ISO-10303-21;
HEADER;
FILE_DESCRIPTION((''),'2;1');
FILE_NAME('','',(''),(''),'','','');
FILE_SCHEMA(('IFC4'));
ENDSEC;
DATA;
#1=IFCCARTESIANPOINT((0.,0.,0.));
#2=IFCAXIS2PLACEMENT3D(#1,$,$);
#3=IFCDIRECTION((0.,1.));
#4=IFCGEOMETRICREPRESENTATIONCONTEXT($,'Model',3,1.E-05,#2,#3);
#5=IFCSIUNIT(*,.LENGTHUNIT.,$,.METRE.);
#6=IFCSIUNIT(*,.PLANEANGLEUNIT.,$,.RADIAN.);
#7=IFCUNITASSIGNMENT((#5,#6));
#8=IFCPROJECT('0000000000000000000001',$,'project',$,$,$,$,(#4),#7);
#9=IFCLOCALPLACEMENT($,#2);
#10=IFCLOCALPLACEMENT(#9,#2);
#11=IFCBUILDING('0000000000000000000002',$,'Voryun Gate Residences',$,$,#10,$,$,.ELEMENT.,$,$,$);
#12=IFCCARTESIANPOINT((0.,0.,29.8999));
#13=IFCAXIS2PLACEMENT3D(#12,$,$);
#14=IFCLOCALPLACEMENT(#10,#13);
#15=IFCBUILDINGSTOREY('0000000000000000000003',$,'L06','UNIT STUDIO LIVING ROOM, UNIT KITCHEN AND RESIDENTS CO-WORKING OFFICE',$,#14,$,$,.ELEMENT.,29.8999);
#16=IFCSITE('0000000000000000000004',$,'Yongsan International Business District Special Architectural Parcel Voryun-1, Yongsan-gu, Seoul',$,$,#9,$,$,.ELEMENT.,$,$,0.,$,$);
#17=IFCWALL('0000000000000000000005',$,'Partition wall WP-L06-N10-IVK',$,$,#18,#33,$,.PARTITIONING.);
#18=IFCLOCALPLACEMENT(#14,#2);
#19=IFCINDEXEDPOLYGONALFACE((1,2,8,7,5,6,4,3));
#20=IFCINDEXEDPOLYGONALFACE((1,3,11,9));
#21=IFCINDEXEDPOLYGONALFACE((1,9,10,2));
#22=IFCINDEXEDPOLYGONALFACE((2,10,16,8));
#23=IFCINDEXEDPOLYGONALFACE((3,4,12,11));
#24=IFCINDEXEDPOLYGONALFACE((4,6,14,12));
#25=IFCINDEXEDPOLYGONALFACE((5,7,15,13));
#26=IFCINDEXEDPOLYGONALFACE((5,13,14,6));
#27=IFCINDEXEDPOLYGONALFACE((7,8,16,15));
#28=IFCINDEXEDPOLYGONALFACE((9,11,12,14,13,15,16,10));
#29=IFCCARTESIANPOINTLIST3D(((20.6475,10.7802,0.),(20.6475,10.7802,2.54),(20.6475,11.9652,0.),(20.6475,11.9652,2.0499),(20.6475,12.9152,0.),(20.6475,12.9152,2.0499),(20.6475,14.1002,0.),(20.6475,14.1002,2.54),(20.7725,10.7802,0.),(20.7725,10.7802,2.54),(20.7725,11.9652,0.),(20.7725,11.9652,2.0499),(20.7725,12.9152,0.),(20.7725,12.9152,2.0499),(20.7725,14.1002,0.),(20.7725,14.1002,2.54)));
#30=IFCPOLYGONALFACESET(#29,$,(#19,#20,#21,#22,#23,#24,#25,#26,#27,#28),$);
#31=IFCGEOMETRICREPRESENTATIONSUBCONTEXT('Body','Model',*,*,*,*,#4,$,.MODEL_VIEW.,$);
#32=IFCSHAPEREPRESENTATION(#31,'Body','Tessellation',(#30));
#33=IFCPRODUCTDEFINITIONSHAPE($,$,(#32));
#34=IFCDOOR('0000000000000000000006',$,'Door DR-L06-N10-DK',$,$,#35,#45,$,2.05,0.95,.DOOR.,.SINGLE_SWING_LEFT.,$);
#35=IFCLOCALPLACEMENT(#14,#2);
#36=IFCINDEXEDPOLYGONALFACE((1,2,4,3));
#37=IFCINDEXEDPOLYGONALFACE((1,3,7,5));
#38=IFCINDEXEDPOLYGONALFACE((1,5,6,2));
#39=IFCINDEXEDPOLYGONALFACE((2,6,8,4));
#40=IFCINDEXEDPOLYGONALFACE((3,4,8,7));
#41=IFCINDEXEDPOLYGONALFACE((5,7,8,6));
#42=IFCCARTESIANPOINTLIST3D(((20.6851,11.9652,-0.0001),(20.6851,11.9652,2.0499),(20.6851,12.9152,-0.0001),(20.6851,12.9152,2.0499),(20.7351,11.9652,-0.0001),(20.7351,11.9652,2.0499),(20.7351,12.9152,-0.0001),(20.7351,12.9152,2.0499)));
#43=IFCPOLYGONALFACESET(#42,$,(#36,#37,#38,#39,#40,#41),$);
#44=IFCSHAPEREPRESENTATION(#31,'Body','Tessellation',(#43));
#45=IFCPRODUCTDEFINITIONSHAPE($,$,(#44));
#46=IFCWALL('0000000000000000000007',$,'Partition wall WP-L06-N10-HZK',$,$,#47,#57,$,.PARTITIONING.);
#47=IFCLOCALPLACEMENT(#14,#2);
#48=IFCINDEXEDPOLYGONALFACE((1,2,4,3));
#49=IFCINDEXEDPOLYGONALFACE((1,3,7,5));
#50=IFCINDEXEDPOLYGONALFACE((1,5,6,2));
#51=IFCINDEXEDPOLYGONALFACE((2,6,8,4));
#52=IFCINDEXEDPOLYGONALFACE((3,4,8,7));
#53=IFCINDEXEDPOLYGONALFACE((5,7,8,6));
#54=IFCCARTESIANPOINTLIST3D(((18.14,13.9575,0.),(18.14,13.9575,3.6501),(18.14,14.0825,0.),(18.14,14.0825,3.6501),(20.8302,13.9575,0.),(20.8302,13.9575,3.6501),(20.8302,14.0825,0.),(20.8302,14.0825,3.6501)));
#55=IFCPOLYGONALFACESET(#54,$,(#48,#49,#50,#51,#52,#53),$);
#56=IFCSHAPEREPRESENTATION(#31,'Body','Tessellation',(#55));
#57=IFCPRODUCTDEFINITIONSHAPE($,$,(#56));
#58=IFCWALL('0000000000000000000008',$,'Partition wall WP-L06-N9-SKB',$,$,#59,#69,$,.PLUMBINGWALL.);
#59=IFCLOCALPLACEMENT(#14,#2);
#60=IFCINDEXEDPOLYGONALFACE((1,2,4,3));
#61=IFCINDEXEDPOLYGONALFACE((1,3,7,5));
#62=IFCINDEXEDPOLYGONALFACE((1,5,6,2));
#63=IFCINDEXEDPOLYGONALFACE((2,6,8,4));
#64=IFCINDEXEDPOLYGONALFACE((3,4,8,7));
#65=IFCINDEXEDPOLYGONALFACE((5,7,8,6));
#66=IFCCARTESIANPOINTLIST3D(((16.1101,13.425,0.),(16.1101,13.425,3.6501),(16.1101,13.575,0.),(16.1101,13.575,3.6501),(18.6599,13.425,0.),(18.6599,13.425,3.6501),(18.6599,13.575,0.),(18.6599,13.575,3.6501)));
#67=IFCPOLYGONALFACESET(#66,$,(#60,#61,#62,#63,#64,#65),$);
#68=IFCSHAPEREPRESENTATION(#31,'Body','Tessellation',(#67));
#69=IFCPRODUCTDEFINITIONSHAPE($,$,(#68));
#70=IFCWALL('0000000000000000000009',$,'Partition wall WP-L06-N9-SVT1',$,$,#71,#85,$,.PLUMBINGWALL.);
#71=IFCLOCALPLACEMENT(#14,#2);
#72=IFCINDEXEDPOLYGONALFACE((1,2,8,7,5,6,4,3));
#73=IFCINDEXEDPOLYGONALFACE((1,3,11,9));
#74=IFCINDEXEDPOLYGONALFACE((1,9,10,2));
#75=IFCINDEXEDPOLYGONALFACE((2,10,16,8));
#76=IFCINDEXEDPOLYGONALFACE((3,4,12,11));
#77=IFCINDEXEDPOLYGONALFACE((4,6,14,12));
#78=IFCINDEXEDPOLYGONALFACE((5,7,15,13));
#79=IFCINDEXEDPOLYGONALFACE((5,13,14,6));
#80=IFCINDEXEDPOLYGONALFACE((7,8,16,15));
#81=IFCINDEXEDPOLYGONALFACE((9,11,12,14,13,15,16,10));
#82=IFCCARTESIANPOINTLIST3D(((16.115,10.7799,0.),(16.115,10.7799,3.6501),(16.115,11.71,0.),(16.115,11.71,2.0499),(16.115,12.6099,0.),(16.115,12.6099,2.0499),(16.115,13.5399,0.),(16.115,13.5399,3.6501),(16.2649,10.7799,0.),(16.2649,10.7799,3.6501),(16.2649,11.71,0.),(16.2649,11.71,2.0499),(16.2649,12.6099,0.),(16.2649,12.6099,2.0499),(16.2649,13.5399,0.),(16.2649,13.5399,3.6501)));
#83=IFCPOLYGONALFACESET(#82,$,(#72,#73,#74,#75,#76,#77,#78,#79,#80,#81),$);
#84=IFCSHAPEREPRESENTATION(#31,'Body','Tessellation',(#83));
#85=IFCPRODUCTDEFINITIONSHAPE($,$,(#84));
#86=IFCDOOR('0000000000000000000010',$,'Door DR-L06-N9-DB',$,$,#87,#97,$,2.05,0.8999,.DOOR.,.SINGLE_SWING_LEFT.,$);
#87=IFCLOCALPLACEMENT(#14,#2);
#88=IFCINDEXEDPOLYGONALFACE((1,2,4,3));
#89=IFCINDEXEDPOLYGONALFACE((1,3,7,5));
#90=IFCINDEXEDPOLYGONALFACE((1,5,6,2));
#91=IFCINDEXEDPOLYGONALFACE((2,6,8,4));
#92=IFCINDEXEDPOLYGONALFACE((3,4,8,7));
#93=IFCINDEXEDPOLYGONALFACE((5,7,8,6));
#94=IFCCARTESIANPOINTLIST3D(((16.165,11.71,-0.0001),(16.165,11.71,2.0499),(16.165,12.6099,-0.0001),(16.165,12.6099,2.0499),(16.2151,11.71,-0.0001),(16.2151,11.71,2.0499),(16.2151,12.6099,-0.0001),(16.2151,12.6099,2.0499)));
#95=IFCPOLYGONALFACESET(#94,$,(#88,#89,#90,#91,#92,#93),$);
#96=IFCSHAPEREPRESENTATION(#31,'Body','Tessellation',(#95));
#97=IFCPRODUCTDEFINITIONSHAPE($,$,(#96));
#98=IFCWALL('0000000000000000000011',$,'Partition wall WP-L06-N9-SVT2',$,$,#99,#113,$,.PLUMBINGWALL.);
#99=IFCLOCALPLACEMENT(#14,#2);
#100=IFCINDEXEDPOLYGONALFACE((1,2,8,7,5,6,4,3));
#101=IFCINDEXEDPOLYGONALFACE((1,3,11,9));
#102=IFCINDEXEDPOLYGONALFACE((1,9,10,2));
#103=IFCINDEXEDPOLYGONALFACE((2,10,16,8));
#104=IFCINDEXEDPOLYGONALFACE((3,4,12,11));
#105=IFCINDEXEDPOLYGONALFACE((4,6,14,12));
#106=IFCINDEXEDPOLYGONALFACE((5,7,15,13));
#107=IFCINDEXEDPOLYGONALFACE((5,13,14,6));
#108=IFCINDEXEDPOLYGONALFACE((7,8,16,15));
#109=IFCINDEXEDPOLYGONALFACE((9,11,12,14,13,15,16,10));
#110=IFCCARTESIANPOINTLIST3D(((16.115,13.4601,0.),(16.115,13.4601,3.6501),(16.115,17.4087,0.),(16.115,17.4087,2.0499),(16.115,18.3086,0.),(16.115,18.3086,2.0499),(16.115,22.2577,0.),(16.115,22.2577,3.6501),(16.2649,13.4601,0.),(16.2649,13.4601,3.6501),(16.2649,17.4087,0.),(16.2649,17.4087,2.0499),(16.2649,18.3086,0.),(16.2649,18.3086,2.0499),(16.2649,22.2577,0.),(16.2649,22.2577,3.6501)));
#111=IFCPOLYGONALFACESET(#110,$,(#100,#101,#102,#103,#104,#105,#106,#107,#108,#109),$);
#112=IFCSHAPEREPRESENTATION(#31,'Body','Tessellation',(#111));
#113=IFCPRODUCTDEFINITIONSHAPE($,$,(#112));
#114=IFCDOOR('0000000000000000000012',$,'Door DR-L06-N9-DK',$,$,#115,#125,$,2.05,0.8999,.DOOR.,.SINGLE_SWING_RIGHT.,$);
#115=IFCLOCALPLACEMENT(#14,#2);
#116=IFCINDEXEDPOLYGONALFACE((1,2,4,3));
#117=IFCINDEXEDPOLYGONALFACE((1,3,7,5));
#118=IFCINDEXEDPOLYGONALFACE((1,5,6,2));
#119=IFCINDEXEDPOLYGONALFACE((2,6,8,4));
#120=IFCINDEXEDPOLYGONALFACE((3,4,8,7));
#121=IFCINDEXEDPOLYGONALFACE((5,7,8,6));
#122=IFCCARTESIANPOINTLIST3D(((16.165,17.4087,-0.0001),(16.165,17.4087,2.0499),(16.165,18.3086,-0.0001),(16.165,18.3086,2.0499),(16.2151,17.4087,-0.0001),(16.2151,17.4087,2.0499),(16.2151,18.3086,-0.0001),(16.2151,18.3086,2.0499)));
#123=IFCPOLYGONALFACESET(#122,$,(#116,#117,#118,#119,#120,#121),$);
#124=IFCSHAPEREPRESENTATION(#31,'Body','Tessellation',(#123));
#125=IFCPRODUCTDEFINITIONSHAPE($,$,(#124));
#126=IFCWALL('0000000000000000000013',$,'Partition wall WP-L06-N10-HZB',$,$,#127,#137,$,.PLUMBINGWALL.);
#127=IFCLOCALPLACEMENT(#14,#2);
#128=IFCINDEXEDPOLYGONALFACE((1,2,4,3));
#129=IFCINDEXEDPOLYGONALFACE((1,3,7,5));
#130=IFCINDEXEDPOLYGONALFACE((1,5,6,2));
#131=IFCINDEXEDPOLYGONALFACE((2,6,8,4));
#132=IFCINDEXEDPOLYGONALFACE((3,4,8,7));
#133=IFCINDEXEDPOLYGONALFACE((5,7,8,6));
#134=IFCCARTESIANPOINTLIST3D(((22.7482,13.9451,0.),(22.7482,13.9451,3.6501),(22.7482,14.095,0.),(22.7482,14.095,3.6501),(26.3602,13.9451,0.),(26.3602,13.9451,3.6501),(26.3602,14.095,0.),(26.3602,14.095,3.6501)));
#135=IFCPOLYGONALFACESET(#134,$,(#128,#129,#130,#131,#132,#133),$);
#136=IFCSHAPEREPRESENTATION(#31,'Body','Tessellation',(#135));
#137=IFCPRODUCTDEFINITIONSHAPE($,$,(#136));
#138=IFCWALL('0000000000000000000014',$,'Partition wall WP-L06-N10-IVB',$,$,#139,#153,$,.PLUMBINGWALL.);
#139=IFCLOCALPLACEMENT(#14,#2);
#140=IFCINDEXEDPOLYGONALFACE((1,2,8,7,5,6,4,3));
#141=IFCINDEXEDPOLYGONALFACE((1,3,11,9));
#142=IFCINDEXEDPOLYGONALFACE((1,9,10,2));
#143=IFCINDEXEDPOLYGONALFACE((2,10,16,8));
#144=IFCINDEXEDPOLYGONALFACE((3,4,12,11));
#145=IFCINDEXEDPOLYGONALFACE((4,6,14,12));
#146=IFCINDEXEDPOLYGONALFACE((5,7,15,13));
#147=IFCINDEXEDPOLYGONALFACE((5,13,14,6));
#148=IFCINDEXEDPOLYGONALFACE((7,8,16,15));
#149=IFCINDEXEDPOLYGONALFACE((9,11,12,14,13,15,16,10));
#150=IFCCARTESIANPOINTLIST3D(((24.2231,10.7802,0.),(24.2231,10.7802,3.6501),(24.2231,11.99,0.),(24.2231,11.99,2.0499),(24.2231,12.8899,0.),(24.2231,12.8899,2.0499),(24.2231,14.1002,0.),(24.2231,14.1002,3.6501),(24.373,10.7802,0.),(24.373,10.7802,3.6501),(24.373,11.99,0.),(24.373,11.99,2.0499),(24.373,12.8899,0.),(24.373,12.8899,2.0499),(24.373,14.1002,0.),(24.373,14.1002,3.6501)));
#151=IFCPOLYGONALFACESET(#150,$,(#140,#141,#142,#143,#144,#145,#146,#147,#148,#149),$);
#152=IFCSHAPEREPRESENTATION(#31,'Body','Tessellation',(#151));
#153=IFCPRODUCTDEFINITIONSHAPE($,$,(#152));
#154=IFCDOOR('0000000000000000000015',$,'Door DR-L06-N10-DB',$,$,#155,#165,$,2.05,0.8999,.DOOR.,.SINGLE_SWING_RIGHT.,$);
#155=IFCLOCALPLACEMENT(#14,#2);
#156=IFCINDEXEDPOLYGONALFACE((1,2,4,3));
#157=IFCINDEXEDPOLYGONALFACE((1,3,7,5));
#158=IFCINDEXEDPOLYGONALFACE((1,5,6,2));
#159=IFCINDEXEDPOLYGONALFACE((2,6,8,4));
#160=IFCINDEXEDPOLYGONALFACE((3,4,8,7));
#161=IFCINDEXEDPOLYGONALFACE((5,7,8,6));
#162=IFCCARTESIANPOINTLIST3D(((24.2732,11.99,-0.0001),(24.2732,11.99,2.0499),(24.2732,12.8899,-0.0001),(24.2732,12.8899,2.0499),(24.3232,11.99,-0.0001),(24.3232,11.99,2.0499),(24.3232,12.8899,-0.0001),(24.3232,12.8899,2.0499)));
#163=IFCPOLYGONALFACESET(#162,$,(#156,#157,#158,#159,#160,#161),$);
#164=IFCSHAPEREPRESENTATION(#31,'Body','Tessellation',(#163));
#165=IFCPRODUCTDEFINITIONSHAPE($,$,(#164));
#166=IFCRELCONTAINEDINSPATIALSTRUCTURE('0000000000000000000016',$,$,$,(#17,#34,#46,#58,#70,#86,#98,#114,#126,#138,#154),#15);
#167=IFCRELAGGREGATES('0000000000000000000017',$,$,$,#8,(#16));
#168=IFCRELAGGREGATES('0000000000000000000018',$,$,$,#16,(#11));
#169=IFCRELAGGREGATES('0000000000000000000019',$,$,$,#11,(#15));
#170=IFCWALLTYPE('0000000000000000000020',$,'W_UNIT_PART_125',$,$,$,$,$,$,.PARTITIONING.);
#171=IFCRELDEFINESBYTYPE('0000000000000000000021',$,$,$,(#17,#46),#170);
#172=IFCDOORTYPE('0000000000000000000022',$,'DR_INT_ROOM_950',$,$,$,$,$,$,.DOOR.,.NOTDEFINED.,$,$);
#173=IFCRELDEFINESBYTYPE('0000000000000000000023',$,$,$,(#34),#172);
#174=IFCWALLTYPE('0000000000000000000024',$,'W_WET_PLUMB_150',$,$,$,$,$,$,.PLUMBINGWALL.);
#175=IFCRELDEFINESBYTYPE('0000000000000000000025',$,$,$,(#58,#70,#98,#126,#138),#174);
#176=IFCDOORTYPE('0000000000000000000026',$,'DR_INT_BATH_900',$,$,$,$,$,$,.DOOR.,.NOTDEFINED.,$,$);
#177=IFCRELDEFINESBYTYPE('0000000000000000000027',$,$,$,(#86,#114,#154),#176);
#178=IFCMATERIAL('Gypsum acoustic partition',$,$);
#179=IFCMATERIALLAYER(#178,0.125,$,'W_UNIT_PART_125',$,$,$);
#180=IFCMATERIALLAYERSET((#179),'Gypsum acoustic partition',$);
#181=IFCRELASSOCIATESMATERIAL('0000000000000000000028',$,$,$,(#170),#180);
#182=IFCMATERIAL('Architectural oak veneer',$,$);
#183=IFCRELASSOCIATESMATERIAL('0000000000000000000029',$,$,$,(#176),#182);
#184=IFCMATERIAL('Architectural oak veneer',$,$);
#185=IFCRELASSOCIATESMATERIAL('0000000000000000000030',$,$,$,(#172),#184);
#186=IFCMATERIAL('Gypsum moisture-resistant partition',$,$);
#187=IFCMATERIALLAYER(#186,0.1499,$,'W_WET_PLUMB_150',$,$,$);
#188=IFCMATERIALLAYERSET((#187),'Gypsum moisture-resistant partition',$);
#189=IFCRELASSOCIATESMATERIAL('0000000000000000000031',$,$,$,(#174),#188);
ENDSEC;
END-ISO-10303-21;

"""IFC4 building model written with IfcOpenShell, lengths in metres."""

from ifc_helpers import new_model, si_unit, direction, frame, frame_2d, origin, place, context, subcontext, project, spatial, rectangle, extrude, material, layer, layer_set, type_object, element, fill, save


model = new_model("IFC4")

# Units and contexts
model_context = context("Model", 3, precision=1e-05, world=origin(), true_north=direction((0.0, 1.0)))
body_context = subcontext(model_context, "Body", "Model", "MODEL_VIEW")
ifc_project = project(units=[si_unit("LENGTHUNIT", "METRE"), si_unit("PLANEANGLEUNIT", "RADIAN")], contexts=[model_context])

# Site, building, storey
site_placement = place(None, origin())
site = spatial("IfcSite", under=ifc_project, at=site_placement, Name="Yongsan International Business District Special Architectural Parcel Voryun-1, Yongsan-gu, Seoul", CompositionType="ELEMENT", RefElevation=0.0)
building_placement = place(site_placement, origin())
building = spatial("IfcBuilding", under=site, at=building_placement, Name="Voryun Gate Residences", CompositionType="ELEMENT")
storey_placement = place(building_placement, frame((0.0, 0.0, 29.8999)))
storey = spatial("IfcBuildingStorey", under=building, at=storey_placement, Name="L06", Description="UNIT STUDIO LIVING ROOM, UNIT KITCHEN AND RESIDENTS CO-WORKING OFFICE", CompositionType="ELEMENT", Elevation=29.8999)

# Wall, opening, door
ifc_material_1 = material(Name="Gypsum acoustic partition")
ifc_layer_1 = layer(ifc_material_1, 0.125, Name="W_UNIT_PART_125")
ifc_layer_set_1 = layer_set([ifc_layer_1], Name="Gypsum acoustic partition")
wall_type_1 = type_object("IfcWallType", Name="W_UNIT_PART_125", PredefinedType="PARTITIONING", material=ifc_layer_set_1)
ifc_material_2 = material(Name="Architectural oak veneer")
door_type_1 = type_object("IfcDoorType", Name="DR_INT_BATH_900", OperationType="NOTDEFINED", PredefinedType="DOOR", material=ifc_material_2)
wall_1_placement = place(storey_placement, frame((20.71, 10.78, 0.0), z_axis=(0.0, 0.0, 1.0), x_axis=(0.0, 1.0, 0.0)))
wall_1 = element("IfcWall", 1, at=wall_1_placement, inside=storey, type_object=wall_type_1, Name="Partition wall WP-L06-N10-IVK", PredefinedType="PARTITIONING", context=body_context, shape_type="SweptSolid", body=[
    extrude(rectangle(XDim=3.3201, YDim=0.125, at=frame_2d((1.6602, 0.0))), origin(), (0.0, 0.0, 1.0), 2.54),
])
opening_1_placement = place(wall_1_placement, frame((1.1851, 0.0, 0.0)))
opening_1 = element("IfcOpeningElement", 2, at=opening_1_placement, cuts=wall_1, PredefinedType="OPENING", context=body_context, shape_type="SweptSolid", body=[
    extrude(rectangle(XDim=0.95, YDim=2.05, at=frame_2d((0.4751, 1.0249))), frame((0.0, 0.0725, 0.0), z_axis=(0.0, -1.0, 0.0), x_axis=(1.0, 0.0, 0.0)), (0.0, 0.0, 1.0), 0.145),
])
ifc_material_3 = material(Name="Architectural oak veneer")
door_type_2 = type_object("IfcDoorType", Name="DR_INT_ROOM_950", OperationType="NOTDEFINED", PredefinedType="DOOR", material=ifc_material_3)
door_1_placement = place(opening_1_placement, origin())
door_1 = element("IfcDoor", 3, at=door_1_placement, inside=storey, type_object=door_type_2, Name="Door DR-L06-N10-DK", OperationType="SINGLE_SWING_LEFT", OverallHeight=2.05, OverallWidth=0.95, PredefinedType="DOOR", context=body_context, shape_type="SweptSolid", body=[
    extrude(rectangle(XDim=0.95, YDim=2.05, at=frame_2d((0.4751, 1.0249))), frame((0.0, 0.0249, 0.0), z_axis=(0.0, -1.0, 0.0), x_axis=(1.0, 0.0, 0.0)), (0.0, 0.0, 1.0), 0.05),
])
fill(opening_1, door_1)

# Walls
wall_2_placement = place(storey_placement, frame((18.1399, 14.02, 0.0), z_axis=(0.0, 0.0, 1.0), x_axis=(1.0, 0.0, 0.0)))
element("IfcWall", 4, at=wall_2_placement, inside=storey, type_object=wall_type_1, Name="Partition wall WP-L06-N10-HZK", PredefinedType="PARTITIONING", context=body_context, shape_type="SweptSolid", body=[
    extrude(rectangle(XDim=2.6902, YDim=0.125, at=frame_2d((1.3452, 0.0))), origin(), (0.0, 0.0, 1.0), 3.6501),
])
ifc_material_4 = material(Name="Gypsum moisture-resistant partition")
ifc_layer_2 = layer(ifc_material_4, 0.1499, Name="W_WET_PLUMB_150")
ifc_layer_set_2 = layer_set([ifc_layer_2], Name="Gypsum moisture-resistant partition")
wall_type_2 = type_object("IfcWallType", Name="W_WET_PLUMB_150", PredefinedType="PLUMBINGWALL", material=ifc_layer_set_2)
wall_3_placement = place(storey_placement, frame((16.1101, 13.5, 0.0), z_axis=(0.0, 0.0, 1.0), x_axis=(1.0, 0.0, 0.0)))
element("IfcWall", 5, at=wall_3_placement, inside=storey, type_object=wall_type_2, Name="Partition wall WP-L06-N9-SKB", PredefinedType="PLUMBINGWALL", context=body_context, shape_type="SweptSolid", body=[
    extrude(rectangle(XDim=2.5498, YDim=0.1499, at=frame_2d((1.2749, 0.0))), origin(), (0.0, 0.0, 1.0), 3.6501),
])

# Walls, openings, doors
wall_4_placement = place(storey_placement, frame((16.1899, 10.78, 0.0), z_axis=(0.0, 0.0, 1.0), x_axis=(0.0, 1.0, 0.0)))
wall_4 = element("IfcWall", 6, at=wall_4_placement, inside=storey, type_object=wall_type_2, Name="Partition wall WP-L06-N9-SVT1", PredefinedType="PLUMBINGWALL", context=body_context, shape_type="SweptSolid", body=[
    extrude(rectangle(XDim=2.76, YDim=0.1499, at=frame_2d((1.3799, 0.0))), origin(), (0.0, 0.0, 1.0), 3.6501),
])
opening_2_placement = place(wall_4_placement, frame((0.9299, 0.0, 0.0)))
opening_2 = element("IfcOpeningElement", 7, at=opening_2_placement, cuts=wall_4, PredefinedType="OPENING", context=body_context, shape_type="SweptSolid", body=[
    extrude(rectangle(XDim=0.8999, YDim=2.05, at=frame_2d((0.45, 1.0249))), frame((0.0, 0.085, 0.0), z_axis=(0.0, -1.0, 0.0), x_axis=(1.0, 0.0, 0.0)), (0.0, 0.0, 1.0), 0.1699),
])
door_2_placement = place(opening_2_placement, origin())
door_2 = element("IfcDoor", 8, at=door_2_placement, inside=storey, type_object=door_type_1, Name="Door DR-L06-N9-DB", OperationType="SINGLE_SWING_LEFT", OverallHeight=2.05, OverallWidth=0.8999, PredefinedType="DOOR", context=body_context, shape_type="SweptSolid", body=[
    extrude(rectangle(XDim=0.8999, YDim=2.05, at=frame_2d((0.45, 1.0249))), frame((0.0, 0.0249, 0.0), z_axis=(0.0, -1.0, 0.0), x_axis=(1.0, 0.0, 0.0)), (0.0, 0.0, 1.0), 0.05),
])
fill(opening_2, door_2)
wall_5_placement = place(storey_placement, frame((16.1899, 13.46, 0.0), z_axis=(0.0, 0.0, 1.0), x_axis=(0.0, 1.0, 0.0)))
wall_5 = element("IfcWall", 9, at=wall_5_placement, inside=storey, type_object=wall_type_2, Name="Partition wall WP-L06-N9-SVT2", PredefinedType="PLUMBINGWALL", context=body_context, shape_type="SweptSolid", body=[
    extrude(rectangle(XDim=8.7976, YDim=0.1499, at=frame_2d((4.3989, 0.0))), origin(), (0.0, 0.0, 1.0), 3.6501),
])
opening_3_placement = place(wall_5_placement, frame((3.9487, 0.0, 0.0)))
opening_3 = element("IfcOpeningElement", 10, at=opening_3_placement, cuts=wall_5, PredefinedType="OPENING", context=body_context, shape_type="SweptSolid", body=[
    extrude(rectangle(XDim=0.8999, YDim=2.05, at=frame_2d((0.45, 1.0249))), frame((0.0, 0.085, 0.0), z_axis=(0.0, -1.0, 0.0), x_axis=(1.0, 0.0, 0.0)), (0.0, 0.0, 1.0), 0.1699),
])
door_3_placement = place(opening_3_placement, origin())
door_3 = element("IfcDoor", 11, at=door_3_placement, inside=storey, type_object=door_type_1, Name="Door DR-L06-N9-DK", OperationType="SINGLE_SWING_RIGHT", OverallHeight=2.05, OverallWidth=0.8999, PredefinedType="DOOR", context=body_context, shape_type="SweptSolid", body=[
    extrude(rectangle(XDim=0.8999, YDim=2.05, at=frame_2d((0.45, 1.0249))), frame((0.0, 0.0249, 0.0), z_axis=(0.0, -1.0, 0.0), x_axis=(1.0, 0.0, 0.0)), (0.0, 0.0, 1.0), 0.05),
])
fill(opening_3, door_3)

# Wall
wall_6_placement = place(storey_placement, frame((22.748, 14.02, 0.0), z_axis=(0.0, 0.0, 1.0), x_axis=(1.0, 0.0, 0.0)))
element("IfcWall", 12, at=wall_6_placement, inside=storey, type_object=wall_type_2, Name="Partition wall WP-L06-N10-HZB", PredefinedType="PLUMBINGWALL", context=body_context, shape_type="SweptSolid", body=[
    extrude(rectangle(XDim=3.6121, YDim=0.1499, at=frame_2d((1.8062, 0.0))), origin(), (0.0, 0.0, 1.0), 3.6501),
])

# Wall, opening, door
wall_7_placement = place(storey_placement, frame((24.2981, 10.78, 0.0), z_axis=(0.0, 0.0, 1.0), x_axis=(0.0, 1.0, 0.0)))
wall_7 = element("IfcWall", 13, at=wall_7_placement, inside=storey, type_object=wall_type_2, Name="Partition wall WP-L06-N10-IVB", PredefinedType="PLUMBINGWALL", context=body_context, shape_type="SweptSolid", body=[
    extrude(rectangle(XDim=3.3201, YDim=0.1499, at=frame_2d((1.6602, 0.0))), origin(), (0.0, 0.0, 1.0), 3.6501),
])
opening_4_placement = place(wall_7_placement, frame((1.21, 0.0, 0.0)))
opening_4 = element("IfcOpeningElement", 14, at=opening_4_placement, cuts=wall_7, PredefinedType="OPENING", context=body_context, shape_type="SweptSolid", body=[
    extrude(rectangle(XDim=0.8999, YDim=2.05, at=frame_2d((0.45, 1.0249))), frame((0.0, 0.085, 0.0), z_axis=(0.0, -1.0, 0.0), x_axis=(1.0, 0.0, 0.0)), (0.0, 0.0, 1.0), 0.1699),
])
door_4_placement = place(opening_4_placement, origin())
door_4 = element("IfcDoor", 15, at=door_4_placement, inside=storey, type_object=door_type_1, Name="Door DR-L06-N10-DB", OperationType="SINGLE_SWING_RIGHT", OverallHeight=2.05, OverallWidth=0.8999, PredefinedType="DOOR", context=body_context, shape_type="SweptSolid", body=[
    extrude(rectangle(XDim=0.8999, YDim=2.05, at=frame_2d((0.45, 1.0249))), frame((0.0, 0.0249, 0.0), z_axis=(0.0, -1.0, 0.0), x_axis=(1.0, 0.0, 0.0)), (0.0, 0.0, 1.0), 0.05),
])
fill(opening_4, door_4)

save(model, "model.ifc")
